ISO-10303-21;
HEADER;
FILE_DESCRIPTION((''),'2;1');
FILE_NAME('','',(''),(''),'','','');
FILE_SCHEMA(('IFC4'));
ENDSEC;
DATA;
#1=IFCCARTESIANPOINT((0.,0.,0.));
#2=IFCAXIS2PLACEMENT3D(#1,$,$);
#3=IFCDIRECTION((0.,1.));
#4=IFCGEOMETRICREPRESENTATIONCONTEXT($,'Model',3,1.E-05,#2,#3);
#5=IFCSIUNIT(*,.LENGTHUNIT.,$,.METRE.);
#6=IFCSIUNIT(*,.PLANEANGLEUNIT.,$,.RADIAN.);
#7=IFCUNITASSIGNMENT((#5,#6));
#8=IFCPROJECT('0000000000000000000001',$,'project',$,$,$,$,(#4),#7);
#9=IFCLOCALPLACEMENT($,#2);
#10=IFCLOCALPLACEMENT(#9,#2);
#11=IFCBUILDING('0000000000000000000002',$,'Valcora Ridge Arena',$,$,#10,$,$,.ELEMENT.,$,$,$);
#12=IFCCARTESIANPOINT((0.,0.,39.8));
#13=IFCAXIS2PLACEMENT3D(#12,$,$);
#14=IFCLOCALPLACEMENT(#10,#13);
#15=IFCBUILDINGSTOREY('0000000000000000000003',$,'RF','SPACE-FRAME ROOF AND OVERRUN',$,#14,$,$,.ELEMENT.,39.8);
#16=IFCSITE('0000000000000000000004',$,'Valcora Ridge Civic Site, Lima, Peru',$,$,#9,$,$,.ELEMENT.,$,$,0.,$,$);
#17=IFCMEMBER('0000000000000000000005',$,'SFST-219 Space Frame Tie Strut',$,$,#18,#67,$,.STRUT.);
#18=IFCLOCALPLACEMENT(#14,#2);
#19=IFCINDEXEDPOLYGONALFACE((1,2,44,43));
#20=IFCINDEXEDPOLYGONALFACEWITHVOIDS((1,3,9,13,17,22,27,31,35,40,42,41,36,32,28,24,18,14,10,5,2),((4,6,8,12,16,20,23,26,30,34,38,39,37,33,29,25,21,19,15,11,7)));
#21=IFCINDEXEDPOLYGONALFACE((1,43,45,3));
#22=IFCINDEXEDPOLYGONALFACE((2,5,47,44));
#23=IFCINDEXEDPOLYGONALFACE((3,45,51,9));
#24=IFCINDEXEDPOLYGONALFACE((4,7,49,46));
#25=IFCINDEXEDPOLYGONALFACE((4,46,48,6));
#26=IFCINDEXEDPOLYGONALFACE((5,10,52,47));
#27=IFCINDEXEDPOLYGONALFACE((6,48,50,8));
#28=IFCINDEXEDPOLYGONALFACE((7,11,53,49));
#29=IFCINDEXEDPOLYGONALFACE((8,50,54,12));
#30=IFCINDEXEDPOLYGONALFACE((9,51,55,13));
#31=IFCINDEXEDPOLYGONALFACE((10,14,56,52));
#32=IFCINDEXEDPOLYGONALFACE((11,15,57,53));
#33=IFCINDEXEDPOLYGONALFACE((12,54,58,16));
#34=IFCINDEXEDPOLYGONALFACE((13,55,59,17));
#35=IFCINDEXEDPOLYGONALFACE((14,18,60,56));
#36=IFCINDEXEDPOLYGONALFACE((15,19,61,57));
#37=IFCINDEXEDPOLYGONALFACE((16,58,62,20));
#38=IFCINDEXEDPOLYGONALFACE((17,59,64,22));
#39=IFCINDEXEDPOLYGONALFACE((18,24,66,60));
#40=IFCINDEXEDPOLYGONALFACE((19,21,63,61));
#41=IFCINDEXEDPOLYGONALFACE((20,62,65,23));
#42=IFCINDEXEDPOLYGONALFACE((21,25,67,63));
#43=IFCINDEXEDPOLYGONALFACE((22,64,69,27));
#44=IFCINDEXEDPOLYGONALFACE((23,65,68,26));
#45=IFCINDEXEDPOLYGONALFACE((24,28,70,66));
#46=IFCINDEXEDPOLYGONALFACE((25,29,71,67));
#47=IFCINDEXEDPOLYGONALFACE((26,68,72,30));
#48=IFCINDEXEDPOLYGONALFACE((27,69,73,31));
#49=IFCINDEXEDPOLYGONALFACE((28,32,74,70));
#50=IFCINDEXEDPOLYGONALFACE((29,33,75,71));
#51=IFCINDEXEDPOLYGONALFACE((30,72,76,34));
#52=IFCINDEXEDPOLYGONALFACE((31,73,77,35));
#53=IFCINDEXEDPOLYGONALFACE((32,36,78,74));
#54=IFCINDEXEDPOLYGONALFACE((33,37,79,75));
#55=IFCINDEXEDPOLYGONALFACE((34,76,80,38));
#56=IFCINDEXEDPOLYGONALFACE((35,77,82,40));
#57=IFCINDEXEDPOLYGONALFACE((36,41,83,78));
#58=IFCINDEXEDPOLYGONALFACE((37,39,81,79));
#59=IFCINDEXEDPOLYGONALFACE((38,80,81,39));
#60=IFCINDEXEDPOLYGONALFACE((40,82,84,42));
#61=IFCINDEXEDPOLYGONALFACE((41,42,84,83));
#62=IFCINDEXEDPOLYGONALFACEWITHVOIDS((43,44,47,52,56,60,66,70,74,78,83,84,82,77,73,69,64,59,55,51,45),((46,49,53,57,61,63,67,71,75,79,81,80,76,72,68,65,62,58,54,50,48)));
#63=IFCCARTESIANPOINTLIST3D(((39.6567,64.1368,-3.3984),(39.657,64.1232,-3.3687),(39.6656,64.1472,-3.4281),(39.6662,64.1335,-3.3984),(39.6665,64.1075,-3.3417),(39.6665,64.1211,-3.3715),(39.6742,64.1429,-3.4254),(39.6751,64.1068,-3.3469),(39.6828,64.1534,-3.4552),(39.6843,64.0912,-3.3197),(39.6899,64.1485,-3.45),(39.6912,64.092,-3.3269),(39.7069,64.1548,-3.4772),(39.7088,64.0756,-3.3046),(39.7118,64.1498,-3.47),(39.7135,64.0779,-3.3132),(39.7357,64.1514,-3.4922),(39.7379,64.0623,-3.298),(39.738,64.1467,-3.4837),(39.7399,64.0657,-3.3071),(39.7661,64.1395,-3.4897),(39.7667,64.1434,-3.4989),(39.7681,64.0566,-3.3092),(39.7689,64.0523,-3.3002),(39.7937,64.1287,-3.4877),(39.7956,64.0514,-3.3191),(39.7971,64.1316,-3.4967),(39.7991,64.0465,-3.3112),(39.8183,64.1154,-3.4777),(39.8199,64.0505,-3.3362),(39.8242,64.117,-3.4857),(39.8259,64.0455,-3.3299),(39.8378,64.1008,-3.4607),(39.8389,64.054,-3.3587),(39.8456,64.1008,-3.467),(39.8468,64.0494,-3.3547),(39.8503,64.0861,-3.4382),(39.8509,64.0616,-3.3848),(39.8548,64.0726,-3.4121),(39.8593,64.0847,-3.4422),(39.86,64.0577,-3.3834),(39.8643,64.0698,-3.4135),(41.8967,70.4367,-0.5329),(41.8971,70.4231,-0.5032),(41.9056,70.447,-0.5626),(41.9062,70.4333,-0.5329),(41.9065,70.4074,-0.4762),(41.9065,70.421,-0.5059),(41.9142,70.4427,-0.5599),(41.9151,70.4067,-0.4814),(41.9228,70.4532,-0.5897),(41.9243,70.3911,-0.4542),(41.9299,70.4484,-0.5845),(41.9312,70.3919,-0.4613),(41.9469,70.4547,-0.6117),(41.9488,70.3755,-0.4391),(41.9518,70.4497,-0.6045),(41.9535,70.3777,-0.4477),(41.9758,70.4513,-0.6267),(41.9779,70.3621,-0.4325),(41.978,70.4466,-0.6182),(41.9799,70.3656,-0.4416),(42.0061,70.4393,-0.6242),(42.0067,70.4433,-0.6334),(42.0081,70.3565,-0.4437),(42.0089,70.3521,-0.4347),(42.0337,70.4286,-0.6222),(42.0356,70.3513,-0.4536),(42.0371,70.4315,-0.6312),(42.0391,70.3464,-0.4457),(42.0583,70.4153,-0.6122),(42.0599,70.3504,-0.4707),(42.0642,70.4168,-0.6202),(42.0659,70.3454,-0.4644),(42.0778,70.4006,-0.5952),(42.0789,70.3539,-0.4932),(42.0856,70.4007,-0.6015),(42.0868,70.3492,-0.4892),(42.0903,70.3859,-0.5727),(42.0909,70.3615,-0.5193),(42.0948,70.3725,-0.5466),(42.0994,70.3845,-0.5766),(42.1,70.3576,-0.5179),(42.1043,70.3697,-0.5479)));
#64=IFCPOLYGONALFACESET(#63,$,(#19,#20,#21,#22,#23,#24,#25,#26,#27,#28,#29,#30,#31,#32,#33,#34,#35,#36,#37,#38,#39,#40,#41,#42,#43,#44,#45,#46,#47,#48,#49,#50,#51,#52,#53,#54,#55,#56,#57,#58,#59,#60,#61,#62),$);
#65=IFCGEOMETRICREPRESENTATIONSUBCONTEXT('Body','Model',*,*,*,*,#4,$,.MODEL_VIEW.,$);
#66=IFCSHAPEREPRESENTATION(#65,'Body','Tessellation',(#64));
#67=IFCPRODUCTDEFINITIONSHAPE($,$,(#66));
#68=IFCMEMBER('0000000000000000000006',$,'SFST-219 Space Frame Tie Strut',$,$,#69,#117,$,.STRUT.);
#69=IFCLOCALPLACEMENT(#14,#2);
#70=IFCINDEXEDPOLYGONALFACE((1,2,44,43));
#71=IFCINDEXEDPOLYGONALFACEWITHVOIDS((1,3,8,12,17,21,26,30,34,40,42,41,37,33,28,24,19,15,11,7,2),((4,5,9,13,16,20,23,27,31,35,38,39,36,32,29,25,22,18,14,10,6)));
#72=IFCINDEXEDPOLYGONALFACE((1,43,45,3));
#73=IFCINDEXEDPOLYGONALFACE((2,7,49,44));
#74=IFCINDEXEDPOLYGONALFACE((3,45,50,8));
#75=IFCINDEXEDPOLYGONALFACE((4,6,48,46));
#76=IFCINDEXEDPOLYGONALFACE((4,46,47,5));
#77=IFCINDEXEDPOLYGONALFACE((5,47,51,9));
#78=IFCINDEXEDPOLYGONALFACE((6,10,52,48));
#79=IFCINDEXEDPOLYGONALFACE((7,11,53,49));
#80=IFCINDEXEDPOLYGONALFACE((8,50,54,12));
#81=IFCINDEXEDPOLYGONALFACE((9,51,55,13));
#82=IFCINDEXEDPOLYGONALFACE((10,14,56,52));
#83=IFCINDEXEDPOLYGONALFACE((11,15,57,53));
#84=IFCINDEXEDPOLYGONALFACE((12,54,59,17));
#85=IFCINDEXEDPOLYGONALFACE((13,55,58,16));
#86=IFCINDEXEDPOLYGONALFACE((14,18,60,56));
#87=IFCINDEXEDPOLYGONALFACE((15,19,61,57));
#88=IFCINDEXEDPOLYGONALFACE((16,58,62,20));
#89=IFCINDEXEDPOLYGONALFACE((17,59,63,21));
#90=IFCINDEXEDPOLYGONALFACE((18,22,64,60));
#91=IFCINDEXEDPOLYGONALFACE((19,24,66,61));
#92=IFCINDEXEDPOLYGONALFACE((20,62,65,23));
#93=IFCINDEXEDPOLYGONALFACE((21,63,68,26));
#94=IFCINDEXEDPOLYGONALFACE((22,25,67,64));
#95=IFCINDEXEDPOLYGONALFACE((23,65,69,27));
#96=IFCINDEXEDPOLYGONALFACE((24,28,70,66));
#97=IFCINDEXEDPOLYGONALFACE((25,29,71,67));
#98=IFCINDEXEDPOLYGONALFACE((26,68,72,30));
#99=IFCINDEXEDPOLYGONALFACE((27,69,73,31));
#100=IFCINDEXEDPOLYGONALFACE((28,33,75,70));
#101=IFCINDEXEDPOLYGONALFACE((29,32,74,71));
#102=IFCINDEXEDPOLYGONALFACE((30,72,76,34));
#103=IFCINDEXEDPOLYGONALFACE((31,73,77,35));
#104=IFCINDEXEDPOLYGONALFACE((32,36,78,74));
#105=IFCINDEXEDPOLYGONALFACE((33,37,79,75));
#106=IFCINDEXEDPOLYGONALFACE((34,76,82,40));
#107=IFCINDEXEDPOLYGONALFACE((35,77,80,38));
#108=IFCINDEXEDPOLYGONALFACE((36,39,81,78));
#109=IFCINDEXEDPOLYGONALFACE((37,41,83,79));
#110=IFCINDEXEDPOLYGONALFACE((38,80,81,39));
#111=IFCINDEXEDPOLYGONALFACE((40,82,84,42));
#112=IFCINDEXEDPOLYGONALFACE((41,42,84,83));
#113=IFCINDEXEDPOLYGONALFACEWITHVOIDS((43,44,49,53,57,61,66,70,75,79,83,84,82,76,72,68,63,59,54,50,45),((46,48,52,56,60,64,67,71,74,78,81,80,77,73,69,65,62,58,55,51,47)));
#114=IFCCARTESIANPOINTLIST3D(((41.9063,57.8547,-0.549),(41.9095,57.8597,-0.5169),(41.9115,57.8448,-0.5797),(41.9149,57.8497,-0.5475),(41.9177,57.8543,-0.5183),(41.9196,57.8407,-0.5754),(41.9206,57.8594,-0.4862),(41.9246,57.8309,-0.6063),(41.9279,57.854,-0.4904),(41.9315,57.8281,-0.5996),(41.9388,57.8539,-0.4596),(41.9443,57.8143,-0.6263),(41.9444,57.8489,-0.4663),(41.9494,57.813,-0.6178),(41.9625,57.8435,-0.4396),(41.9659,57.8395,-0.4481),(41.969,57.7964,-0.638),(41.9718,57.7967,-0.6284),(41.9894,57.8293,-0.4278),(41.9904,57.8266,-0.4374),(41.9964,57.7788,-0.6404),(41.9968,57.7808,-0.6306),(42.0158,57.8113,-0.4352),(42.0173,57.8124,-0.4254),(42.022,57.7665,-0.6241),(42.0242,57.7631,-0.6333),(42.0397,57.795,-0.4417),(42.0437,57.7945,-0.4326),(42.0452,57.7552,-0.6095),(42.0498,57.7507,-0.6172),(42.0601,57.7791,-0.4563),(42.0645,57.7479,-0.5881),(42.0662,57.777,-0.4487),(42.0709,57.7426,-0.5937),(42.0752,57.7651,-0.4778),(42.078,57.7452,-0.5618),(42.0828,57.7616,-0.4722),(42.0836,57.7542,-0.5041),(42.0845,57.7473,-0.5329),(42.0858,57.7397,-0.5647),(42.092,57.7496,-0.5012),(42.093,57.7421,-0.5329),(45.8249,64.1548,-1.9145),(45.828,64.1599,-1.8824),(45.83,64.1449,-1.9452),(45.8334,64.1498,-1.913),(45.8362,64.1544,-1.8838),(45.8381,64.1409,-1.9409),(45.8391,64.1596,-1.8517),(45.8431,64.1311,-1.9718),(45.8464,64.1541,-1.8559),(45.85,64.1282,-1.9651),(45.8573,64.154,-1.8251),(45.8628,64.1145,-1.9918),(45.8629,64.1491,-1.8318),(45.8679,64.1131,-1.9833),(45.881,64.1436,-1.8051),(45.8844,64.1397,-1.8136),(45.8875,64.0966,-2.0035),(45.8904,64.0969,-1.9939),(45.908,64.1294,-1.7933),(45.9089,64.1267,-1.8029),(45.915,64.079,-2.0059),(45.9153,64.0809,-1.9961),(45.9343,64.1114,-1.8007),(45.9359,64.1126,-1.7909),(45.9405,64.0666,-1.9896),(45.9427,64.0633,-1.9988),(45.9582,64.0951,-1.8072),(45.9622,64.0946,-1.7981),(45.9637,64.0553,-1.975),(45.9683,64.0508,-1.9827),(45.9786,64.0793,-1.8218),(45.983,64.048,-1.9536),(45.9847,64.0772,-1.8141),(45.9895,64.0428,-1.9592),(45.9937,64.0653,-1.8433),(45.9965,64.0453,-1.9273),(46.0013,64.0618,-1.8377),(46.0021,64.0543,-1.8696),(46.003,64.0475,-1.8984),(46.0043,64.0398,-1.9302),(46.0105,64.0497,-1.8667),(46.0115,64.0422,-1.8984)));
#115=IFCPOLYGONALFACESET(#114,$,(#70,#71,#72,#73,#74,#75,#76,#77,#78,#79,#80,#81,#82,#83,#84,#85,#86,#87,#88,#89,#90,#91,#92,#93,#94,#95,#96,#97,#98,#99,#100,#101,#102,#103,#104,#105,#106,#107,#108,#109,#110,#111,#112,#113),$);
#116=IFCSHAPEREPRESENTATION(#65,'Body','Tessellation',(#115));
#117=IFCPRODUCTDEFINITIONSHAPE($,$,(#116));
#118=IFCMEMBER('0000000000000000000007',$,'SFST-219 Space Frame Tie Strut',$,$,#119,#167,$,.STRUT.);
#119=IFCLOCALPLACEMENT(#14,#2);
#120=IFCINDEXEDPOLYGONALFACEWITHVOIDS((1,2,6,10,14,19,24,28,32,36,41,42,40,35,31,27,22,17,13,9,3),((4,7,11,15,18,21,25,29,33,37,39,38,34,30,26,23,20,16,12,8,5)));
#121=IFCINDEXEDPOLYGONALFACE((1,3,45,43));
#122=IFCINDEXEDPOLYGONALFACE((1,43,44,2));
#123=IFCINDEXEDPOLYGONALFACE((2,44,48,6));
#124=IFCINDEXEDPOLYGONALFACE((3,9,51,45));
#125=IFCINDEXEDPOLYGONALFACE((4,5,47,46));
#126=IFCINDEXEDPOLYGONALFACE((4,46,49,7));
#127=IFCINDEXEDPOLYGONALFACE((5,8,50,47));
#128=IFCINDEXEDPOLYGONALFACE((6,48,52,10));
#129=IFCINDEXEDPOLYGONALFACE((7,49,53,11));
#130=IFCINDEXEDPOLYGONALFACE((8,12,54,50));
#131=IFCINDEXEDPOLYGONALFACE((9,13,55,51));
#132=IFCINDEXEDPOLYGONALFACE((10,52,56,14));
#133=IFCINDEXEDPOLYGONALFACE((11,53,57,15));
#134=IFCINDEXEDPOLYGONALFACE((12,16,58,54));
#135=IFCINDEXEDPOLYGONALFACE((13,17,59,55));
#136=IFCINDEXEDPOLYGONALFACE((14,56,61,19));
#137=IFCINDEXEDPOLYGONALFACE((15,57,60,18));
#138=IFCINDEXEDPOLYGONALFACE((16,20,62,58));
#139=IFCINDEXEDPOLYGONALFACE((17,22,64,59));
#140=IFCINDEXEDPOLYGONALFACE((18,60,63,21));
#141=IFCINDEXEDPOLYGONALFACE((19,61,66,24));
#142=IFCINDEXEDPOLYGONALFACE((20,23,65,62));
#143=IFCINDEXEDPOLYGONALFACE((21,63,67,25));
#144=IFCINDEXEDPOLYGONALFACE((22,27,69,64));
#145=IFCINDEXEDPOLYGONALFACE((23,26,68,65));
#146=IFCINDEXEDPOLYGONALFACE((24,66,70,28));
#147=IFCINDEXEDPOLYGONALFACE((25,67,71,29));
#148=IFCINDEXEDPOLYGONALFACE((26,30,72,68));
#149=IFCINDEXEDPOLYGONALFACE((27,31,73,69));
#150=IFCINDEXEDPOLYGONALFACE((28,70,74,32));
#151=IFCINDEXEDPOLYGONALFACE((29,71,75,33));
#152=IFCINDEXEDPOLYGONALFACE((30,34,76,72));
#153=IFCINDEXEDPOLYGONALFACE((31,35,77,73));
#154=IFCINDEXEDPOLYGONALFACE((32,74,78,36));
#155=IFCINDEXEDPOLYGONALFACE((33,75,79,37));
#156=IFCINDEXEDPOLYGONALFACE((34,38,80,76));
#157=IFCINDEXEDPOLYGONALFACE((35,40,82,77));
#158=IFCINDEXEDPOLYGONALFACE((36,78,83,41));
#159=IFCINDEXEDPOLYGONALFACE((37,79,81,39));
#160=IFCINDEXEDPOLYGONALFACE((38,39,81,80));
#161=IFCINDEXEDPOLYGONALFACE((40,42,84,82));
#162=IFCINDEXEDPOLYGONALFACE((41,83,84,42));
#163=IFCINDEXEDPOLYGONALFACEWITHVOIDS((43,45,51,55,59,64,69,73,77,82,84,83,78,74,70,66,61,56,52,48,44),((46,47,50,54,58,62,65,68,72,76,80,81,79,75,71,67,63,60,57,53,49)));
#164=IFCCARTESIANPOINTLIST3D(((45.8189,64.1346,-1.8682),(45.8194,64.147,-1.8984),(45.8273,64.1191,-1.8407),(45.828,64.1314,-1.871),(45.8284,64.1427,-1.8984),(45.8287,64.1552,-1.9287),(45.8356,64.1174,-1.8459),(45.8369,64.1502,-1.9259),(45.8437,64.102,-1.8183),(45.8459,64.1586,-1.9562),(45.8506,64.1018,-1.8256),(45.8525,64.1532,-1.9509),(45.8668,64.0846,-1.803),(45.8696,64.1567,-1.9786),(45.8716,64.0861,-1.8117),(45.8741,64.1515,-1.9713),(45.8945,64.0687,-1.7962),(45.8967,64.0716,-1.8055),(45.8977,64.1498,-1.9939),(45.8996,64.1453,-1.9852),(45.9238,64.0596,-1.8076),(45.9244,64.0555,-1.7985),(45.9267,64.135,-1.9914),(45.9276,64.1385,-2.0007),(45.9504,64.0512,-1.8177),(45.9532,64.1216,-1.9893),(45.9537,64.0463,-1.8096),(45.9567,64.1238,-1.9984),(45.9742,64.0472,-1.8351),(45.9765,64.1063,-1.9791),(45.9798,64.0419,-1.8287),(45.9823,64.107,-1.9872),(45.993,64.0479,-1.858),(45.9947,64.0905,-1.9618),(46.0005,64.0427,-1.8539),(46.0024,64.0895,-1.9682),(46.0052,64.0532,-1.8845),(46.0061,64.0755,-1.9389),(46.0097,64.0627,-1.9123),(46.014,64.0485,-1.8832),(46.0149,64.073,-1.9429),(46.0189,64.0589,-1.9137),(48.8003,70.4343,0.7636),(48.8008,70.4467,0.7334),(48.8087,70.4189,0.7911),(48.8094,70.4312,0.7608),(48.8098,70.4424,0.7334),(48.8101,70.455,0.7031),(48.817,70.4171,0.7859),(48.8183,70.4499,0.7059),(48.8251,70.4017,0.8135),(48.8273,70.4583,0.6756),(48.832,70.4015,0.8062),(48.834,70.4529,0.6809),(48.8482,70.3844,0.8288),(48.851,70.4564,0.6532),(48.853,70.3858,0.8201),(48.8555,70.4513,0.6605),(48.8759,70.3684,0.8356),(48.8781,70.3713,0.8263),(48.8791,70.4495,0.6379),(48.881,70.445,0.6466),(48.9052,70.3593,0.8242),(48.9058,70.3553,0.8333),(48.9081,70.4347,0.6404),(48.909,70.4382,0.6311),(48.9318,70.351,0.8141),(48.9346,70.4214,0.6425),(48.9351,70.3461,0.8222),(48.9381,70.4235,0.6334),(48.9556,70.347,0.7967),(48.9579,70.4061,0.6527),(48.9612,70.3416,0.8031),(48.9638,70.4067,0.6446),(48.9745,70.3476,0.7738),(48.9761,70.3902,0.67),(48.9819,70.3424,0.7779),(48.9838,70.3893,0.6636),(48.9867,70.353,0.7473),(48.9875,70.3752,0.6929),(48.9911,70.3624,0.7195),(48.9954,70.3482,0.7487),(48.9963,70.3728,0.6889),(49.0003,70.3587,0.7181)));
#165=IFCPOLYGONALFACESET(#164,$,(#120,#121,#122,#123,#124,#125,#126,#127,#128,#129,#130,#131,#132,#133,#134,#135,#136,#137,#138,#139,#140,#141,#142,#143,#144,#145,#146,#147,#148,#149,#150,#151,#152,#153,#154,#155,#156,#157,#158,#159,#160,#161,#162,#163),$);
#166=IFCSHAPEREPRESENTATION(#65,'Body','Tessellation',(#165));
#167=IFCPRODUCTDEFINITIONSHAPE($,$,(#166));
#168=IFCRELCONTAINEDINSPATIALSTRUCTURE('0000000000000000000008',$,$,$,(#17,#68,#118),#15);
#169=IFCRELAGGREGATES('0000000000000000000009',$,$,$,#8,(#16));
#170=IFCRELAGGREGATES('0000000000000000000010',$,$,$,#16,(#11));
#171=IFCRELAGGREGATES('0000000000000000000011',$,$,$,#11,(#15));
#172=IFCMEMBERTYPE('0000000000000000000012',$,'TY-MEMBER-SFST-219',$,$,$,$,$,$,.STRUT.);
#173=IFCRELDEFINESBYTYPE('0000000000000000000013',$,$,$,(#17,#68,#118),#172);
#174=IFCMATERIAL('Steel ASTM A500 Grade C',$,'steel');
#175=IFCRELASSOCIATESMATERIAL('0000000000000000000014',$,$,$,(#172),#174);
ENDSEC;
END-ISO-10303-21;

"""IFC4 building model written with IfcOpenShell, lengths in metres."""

from ifc_helpers import new_model, si_unit, direction, frame, origin, origin_2d, place, context, subcontext, project, spatial, hollow_circle, extrude, material, material_profile, profile_set, type_object, element, save


model = new_model("IFC4")

# Units and contexts
model_context = context("Model", 3, precision=1e-05, world=origin(), true_north=direction((0.0, 1.0)))
body_context = subcontext(model_context, "Body", "Model", "MODEL_VIEW")
ifc_project = project(units=[si_unit("LENGTHUNIT", "METRE"), si_unit("PLANEANGLEUNIT", "RADIAN")], contexts=[model_context])

# Site, building, storey
site_placement = place(None, origin())
site = spatial("IfcSite", under=ifc_project, at=site_placement, Name="Valcora Ridge Civic Site, Lima, Peru", CompositionType="ELEMENT", RefElevation=0.0)
building_placement = place(site_placement, origin())
building = spatial("IfcBuilding", under=site, at=building_placement, Name="Valcora Ridge Arena", CompositionType="ELEMENT")
storey_placement = place(building_placement, frame((0.0, 0.0, 39.8)))
storey = spatial("IfcBuildingStorey", under=building, at=storey_placement, Name="RF", Description="SPACE-FRAME ROOF AND OVERRUN", CompositionType="ELEMENT", Elevation=39.8)

# Members
ifc_material_1 = material(Name="Steel ASTM A500 Grade C", Category="steel")
ifc_material_profile_1 = material_profile(ifc_material_1, hollow_circle(Radius=0.1096, WallThickness=0.01, at=origin_2d()), Name="CHS219X10")
ifc_profile_set_1 = profile_set([ifc_material_profile_1], Name="Steel ASTM A500 Grade C")
member_type_1 = type_object("IfcMemberType", Name="TY-MEMBER-SFST-219", PredefinedType="STRUT", material=ifc_profile_set_1)
member_1_placement = place(storey_placement, frame((39.76, 64.1001, -3.3984), z_axis=(0.30793, 0.866031, 0.393916), x_axis=(-0.942212, 0.335018, 0.0)))
element("IfcMember", 1, at=member_1_placement, inside=storey, type_object=member_type_1, Name="SFST-219 Space Frame Tie Strut", PredefinedType="STRUT", context=body_context, shape_type="SweptSolid", body=[
    extrude(hollow_circle(Radius=0.1096, WallThickness=0.01, at=origin_2d()), origin(), (0.0, 0.0, 1.0), 7.2744),
])
member_2_placement = place(storey_placement, frame((45.9185, 64.1001, -1.8984), z_axis=(-0.519425, -0.835125, 0.181006), x_axis=(0.849152, -0.528149, 0.0)))
element("IfcMember", 2, at=member_2_placement, inside=storey, type_object=member_type_1, Name="SFST-219 Space Frame Tie Strut", PredefinedType="STRUT", context=body_context, shape_type="SweptSolid", body=[
    extrude(hollow_circle(Radius=0.1096, WallThickness=0.01, at=origin_2d()), origin(), (0.0, 0.0, 1.0), 7.5439),
])
member_3_placement = place(storey_placement, frame((45.9185, 64.1001, -1.8984), z_axis=(0.400192, 0.845607, 0.353265), x_axis=(-0.903886, 0.427773, 0.0)))
element("IfcMember", 3, at=member_3_placement, inside=storey, type_object=member_type_1, Name="SFST-219 Space Frame Tie Strut", PredefinedType="STRUT", context=body_context, shape_type="SweptSolid", body=[
    extrude(hollow_circle(Radius=0.1096, WallThickness=0.01, at=origin_2d()), origin(), (0.0, 0.0, 1.0), 7.45),
])

save(model, "model.ifc")
